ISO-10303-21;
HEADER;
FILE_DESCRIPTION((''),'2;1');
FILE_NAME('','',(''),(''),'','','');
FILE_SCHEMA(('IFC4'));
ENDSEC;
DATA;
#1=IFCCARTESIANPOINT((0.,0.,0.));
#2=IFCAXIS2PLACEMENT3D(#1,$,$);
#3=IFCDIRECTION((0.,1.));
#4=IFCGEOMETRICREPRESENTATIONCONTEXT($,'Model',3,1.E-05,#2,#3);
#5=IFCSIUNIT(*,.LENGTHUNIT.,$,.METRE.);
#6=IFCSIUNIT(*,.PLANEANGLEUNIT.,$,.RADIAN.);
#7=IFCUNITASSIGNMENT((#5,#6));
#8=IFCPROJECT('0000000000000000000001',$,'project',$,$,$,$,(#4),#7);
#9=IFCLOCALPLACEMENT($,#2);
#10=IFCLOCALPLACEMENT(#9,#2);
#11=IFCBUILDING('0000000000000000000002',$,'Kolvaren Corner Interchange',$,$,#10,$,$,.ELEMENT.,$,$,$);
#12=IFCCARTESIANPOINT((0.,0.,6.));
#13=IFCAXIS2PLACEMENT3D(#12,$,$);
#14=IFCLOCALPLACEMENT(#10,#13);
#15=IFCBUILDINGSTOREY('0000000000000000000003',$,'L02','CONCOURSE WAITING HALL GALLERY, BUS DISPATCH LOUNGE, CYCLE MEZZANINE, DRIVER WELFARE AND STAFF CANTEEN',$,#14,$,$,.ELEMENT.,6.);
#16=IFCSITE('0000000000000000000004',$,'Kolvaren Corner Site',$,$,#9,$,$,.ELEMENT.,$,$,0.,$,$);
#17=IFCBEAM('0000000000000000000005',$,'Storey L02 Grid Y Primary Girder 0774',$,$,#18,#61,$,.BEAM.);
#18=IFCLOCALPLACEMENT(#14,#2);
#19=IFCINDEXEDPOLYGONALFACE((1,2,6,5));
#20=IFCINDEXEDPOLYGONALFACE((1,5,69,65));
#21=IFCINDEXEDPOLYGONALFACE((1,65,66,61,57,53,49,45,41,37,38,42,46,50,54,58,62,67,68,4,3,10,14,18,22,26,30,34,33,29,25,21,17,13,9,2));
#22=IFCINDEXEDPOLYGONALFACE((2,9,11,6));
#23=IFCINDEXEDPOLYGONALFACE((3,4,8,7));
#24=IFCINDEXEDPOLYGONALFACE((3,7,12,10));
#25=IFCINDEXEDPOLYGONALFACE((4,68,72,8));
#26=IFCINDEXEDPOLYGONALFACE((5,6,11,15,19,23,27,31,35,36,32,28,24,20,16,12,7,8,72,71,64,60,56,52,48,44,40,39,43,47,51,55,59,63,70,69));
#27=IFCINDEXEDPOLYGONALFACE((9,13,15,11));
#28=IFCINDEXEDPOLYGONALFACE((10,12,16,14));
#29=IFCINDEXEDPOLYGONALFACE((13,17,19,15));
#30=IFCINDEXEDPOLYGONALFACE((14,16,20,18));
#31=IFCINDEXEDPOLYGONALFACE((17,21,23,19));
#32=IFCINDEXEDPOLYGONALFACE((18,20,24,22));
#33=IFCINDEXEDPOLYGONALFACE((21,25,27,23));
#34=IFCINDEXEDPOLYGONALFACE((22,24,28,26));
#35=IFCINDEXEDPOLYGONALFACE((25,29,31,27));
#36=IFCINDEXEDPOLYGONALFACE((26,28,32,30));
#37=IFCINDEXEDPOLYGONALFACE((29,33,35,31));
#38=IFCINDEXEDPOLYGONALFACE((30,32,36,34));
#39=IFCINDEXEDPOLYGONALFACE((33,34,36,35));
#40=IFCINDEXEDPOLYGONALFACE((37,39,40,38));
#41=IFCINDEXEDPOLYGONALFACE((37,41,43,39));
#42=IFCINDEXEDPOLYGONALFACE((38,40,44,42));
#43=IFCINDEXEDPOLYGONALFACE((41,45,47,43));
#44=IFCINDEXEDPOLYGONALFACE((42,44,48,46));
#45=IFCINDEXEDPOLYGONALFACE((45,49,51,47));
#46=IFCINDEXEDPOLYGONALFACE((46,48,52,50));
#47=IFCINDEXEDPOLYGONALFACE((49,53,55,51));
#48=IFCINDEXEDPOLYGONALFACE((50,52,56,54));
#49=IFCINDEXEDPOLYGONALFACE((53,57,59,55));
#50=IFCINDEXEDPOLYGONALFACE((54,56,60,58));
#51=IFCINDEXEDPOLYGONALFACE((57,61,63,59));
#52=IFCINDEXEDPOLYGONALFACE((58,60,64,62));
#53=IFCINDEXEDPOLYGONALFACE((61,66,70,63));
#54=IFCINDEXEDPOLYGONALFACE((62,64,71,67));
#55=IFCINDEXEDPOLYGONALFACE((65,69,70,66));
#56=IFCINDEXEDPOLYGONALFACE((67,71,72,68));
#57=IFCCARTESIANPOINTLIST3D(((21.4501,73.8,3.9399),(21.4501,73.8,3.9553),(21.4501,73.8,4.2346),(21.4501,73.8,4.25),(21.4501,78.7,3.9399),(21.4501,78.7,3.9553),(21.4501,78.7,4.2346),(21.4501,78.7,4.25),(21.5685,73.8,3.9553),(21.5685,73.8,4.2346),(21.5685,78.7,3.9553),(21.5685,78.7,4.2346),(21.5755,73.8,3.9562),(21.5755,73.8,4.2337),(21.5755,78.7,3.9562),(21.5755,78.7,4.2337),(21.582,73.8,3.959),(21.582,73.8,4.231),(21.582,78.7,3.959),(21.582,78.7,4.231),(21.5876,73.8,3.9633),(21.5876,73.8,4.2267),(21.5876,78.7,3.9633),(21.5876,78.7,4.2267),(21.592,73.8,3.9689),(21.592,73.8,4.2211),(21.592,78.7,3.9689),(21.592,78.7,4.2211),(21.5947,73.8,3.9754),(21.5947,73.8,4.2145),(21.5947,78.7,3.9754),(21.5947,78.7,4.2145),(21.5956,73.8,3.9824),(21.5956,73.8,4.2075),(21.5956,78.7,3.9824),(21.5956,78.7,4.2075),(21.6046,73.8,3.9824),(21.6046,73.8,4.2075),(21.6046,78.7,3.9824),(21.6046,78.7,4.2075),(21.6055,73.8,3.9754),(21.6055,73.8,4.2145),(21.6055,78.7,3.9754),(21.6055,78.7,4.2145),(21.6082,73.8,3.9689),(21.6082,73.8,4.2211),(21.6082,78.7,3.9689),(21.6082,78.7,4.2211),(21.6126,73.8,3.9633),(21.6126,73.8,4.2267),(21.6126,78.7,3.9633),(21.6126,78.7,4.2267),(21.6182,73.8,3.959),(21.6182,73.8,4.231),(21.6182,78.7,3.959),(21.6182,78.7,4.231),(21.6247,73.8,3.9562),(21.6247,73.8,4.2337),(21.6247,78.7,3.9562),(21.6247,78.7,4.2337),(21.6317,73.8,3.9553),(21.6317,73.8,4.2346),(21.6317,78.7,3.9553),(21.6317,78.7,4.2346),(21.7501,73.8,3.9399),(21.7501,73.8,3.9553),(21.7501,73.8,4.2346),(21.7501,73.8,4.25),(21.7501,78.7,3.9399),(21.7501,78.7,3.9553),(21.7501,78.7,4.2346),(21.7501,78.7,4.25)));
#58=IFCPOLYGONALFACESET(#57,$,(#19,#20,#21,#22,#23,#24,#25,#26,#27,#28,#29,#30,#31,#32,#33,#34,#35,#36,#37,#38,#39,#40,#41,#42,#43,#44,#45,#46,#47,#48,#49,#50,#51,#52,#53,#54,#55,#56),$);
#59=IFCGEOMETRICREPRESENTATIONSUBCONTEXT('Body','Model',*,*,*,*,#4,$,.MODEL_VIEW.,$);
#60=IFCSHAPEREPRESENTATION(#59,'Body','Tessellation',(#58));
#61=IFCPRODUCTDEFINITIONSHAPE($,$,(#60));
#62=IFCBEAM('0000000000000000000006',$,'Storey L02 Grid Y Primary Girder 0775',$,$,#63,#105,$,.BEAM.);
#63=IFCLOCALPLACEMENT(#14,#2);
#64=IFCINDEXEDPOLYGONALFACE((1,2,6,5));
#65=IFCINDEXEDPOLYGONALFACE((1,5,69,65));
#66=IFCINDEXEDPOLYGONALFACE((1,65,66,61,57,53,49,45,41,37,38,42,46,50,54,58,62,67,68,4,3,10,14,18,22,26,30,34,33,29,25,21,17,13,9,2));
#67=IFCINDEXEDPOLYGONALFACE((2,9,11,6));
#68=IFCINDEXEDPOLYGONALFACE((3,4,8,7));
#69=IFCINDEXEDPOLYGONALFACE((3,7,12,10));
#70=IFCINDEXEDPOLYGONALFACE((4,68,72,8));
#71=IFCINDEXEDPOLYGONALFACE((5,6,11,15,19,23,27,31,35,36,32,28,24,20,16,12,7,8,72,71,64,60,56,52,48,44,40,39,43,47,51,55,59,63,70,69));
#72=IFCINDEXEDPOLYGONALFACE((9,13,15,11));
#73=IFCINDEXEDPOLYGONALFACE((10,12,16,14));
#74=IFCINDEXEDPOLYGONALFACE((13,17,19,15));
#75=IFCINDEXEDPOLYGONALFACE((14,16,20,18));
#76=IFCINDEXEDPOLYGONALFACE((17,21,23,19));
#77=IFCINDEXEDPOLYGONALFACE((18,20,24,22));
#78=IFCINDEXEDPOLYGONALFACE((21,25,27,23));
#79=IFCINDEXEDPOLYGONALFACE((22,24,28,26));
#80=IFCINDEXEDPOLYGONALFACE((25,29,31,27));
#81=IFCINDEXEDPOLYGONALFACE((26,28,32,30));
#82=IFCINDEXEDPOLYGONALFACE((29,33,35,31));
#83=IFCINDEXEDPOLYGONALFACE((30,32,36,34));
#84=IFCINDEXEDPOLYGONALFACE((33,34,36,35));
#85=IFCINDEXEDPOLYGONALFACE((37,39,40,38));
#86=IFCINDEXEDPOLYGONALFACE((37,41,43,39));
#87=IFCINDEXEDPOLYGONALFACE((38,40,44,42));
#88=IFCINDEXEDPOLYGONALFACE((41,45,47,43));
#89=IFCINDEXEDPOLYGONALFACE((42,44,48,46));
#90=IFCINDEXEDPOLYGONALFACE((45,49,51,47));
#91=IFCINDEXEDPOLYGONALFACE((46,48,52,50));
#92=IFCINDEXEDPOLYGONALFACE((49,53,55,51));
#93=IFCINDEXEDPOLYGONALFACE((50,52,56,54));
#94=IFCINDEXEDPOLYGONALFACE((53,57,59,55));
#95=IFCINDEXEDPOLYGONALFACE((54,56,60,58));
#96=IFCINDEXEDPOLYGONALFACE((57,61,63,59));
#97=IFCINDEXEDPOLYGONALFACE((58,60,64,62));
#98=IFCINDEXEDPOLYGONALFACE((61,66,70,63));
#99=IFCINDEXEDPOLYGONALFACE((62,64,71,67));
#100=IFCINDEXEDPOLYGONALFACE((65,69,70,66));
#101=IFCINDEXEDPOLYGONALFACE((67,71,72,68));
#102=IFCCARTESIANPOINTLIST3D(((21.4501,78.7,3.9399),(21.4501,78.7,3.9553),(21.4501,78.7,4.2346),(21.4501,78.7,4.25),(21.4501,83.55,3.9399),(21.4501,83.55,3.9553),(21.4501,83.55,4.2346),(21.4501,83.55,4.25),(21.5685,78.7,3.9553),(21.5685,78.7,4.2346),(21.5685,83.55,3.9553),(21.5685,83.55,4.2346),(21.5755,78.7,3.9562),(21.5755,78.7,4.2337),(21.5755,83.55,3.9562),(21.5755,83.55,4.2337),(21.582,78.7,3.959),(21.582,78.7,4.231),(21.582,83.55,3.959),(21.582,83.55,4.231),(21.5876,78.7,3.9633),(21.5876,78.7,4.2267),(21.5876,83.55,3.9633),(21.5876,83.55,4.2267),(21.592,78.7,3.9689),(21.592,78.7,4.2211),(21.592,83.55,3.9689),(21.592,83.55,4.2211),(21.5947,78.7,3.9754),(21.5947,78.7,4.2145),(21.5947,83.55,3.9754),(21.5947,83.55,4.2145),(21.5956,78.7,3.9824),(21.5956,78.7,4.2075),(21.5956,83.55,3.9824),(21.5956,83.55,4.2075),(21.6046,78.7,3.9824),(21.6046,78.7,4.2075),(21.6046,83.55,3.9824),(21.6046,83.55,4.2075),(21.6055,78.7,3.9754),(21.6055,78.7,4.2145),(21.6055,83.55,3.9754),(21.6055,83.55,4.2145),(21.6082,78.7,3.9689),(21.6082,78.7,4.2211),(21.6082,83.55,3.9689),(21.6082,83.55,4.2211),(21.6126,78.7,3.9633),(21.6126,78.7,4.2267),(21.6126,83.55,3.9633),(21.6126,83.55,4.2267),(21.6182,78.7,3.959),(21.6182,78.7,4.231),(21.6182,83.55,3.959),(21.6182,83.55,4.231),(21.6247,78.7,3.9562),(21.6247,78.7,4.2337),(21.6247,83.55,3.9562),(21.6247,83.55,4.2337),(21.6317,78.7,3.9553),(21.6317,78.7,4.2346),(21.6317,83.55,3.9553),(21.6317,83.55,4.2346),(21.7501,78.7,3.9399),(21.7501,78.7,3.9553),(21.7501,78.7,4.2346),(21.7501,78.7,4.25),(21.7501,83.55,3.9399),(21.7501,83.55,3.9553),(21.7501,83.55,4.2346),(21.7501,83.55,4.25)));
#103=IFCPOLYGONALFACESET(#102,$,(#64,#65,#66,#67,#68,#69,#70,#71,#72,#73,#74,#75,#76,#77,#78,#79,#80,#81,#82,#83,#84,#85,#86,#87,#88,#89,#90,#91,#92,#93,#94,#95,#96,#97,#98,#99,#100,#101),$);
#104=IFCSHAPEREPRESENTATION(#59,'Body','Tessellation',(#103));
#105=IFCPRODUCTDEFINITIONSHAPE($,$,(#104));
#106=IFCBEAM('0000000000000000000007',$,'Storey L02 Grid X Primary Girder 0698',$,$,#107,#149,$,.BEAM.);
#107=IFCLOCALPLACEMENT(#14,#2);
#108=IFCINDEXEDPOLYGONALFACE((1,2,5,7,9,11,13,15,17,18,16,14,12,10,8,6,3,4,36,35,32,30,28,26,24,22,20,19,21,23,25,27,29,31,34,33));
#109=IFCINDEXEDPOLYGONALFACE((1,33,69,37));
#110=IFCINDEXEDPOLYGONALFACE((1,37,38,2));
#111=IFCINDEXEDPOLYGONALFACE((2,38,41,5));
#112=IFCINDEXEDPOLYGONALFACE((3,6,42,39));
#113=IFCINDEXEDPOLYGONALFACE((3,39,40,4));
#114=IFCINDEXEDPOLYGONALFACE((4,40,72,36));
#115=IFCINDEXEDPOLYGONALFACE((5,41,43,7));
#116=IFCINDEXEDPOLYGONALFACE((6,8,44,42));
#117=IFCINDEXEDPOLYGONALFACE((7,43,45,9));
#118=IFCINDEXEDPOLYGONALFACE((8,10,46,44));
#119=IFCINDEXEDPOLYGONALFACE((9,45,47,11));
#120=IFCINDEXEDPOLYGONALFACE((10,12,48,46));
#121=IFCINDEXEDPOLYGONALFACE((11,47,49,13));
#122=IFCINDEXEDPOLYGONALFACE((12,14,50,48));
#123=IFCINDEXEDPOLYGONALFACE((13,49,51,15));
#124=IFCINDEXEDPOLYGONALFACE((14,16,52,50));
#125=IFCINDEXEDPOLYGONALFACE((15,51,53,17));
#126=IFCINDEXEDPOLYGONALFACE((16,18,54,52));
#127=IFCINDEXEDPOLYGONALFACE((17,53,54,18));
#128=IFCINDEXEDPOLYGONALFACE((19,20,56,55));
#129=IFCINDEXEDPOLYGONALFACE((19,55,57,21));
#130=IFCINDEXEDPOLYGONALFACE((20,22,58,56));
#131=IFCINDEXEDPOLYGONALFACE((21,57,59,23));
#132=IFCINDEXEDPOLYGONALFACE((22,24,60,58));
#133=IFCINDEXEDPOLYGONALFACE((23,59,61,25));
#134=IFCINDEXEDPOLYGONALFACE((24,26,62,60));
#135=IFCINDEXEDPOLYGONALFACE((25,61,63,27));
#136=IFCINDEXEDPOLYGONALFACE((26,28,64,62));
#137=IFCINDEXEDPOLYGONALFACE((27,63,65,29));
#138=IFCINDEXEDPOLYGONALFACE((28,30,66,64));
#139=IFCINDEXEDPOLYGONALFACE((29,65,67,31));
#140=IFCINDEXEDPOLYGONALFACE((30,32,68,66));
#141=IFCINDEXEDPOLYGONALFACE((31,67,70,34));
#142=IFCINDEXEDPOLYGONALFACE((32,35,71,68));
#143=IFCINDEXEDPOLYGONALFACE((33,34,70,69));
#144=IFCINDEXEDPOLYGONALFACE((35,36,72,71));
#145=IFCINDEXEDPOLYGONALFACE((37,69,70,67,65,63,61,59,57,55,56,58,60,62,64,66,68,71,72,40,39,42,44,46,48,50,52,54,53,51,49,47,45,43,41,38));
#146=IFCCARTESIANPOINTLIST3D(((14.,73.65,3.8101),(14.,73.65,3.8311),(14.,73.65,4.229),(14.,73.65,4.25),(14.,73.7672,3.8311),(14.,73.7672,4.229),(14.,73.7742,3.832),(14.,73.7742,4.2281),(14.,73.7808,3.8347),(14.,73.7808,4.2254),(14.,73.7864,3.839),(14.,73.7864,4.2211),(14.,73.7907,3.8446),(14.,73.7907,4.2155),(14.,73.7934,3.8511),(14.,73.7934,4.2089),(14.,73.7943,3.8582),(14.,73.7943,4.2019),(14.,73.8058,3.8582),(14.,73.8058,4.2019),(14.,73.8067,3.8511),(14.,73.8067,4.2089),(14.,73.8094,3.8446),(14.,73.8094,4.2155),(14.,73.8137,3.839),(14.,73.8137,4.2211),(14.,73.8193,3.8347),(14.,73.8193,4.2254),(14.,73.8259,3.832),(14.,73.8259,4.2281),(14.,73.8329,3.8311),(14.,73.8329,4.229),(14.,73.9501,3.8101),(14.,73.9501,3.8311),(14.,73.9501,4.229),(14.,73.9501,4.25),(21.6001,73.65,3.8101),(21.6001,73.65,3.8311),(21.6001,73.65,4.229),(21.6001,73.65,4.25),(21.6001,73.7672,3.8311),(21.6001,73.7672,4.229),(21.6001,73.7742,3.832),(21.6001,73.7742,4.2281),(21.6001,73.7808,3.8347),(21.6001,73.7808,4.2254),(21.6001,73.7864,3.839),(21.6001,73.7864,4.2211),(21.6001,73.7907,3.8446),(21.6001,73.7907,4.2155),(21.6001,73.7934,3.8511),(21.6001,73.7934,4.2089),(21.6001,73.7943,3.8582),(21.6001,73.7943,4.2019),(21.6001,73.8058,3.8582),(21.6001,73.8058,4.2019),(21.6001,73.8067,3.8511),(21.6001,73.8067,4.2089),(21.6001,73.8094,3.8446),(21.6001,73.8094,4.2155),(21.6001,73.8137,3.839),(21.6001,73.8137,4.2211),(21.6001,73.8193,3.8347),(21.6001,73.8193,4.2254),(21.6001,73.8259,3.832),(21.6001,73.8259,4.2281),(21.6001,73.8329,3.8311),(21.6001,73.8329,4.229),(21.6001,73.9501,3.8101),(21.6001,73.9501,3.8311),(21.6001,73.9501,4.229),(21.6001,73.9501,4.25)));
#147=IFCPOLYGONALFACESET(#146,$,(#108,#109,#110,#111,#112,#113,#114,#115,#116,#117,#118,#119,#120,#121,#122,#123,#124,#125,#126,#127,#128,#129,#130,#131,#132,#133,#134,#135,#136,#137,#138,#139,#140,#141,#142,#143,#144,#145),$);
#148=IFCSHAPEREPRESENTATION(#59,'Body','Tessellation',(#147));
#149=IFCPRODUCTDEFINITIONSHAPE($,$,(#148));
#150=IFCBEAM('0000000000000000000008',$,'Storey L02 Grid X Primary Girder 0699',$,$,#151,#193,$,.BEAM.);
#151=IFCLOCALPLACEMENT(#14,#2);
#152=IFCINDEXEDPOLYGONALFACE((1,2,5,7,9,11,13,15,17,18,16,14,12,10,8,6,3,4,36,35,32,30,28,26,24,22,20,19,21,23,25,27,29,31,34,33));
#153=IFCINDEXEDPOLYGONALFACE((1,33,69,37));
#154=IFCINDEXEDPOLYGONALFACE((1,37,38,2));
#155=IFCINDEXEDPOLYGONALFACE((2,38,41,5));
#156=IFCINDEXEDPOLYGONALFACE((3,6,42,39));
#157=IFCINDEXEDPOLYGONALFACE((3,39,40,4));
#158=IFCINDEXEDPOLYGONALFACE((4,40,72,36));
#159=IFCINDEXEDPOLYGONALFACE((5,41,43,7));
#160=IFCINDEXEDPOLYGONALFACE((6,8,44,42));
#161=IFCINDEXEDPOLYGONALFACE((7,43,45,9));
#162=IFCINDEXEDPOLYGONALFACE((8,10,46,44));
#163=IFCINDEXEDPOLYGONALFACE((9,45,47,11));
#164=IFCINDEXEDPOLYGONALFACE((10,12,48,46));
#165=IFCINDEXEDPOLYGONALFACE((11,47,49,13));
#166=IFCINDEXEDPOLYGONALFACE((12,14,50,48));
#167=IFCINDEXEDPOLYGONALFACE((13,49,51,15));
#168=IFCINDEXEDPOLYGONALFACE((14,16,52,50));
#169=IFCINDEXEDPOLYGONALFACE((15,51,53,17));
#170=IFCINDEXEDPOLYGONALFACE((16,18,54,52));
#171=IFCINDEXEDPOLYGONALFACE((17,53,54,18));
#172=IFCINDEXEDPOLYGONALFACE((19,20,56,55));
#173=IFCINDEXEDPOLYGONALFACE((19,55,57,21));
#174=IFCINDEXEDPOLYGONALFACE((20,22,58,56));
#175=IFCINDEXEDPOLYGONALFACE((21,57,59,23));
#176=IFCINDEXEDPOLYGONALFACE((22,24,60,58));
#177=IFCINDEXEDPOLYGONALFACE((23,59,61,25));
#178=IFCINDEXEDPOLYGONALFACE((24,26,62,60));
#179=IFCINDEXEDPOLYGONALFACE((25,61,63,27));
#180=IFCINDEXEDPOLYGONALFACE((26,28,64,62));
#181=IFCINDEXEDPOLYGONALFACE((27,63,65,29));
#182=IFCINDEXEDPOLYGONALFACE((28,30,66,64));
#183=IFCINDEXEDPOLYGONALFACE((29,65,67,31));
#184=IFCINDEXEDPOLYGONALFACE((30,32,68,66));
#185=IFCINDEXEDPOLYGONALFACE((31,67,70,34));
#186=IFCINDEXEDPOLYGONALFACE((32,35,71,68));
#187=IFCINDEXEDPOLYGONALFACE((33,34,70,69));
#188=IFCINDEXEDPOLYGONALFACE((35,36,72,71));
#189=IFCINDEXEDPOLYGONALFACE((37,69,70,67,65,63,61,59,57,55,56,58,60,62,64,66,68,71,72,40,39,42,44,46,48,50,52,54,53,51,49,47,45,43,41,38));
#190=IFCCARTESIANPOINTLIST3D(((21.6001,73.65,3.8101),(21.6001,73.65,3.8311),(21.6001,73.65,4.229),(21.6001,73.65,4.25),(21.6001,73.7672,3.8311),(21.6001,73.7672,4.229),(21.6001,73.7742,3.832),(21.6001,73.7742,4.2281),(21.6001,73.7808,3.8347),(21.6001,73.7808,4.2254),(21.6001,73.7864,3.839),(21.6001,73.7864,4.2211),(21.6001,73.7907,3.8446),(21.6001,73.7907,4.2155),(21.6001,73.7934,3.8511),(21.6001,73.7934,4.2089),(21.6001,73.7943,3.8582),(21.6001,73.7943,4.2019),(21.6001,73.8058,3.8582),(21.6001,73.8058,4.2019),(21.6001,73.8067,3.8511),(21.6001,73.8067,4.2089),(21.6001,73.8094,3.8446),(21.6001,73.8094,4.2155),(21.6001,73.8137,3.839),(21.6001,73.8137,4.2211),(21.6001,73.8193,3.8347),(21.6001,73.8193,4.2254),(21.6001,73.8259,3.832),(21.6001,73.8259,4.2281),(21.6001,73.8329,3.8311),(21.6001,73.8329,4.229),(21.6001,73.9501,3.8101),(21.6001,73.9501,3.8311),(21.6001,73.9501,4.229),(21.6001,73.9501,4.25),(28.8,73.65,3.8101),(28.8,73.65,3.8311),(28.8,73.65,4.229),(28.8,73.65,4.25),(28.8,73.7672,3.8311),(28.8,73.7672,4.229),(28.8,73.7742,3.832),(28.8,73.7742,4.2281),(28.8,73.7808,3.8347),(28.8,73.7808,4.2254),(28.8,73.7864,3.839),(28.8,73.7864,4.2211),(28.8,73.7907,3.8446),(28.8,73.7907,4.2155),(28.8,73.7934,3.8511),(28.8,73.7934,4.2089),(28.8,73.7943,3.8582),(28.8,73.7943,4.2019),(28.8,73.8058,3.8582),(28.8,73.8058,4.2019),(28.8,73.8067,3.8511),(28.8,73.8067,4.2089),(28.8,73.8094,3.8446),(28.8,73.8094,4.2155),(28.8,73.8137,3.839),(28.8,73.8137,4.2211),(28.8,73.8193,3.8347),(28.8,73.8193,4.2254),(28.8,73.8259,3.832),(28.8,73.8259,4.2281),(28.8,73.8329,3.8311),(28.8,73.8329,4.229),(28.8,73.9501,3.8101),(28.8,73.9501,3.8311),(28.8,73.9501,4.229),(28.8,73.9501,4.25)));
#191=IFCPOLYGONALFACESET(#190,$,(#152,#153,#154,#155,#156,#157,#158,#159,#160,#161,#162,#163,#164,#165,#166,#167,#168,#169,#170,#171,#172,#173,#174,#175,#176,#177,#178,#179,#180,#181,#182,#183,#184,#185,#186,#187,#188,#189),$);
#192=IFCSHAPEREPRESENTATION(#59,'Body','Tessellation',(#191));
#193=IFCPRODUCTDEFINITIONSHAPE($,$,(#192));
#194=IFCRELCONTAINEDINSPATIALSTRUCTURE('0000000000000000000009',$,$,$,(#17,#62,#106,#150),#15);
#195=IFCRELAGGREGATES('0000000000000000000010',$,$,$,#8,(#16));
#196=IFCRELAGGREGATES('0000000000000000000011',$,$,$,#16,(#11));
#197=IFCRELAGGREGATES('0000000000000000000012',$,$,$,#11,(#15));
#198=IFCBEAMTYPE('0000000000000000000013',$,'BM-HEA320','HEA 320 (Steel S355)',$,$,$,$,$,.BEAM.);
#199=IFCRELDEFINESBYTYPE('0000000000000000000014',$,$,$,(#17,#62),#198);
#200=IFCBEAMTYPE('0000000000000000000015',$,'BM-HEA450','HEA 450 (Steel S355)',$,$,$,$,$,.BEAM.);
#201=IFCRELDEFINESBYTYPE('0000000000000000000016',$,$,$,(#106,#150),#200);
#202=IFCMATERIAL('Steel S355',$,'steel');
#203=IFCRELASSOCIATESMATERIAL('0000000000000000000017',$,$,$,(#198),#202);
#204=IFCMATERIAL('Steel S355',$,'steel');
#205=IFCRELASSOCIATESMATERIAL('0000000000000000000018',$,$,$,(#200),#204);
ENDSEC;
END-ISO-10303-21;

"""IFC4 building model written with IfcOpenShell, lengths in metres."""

from ifc_helpers import new_model, si_unit, direction, frame, origin, origin_2d, place, context, subcontext, project, spatial, i_section, extrude, material, material_profile, profile_set, type_object, element, save


model = new_model("IFC4")

# Units and contexts
model_context = context("Model", 3, precision=1e-05, world=origin(), true_north=direction((0.0, 1.0)))
body_context = subcontext(model_context, "Body", "Model", "MODEL_VIEW")
ifc_project = project(units=[si_unit("LENGTHUNIT", "METRE"), si_unit("PLANEANGLEUNIT", "RADIAN")], contexts=[model_context])

# Site, building, storey
site_placement = place(None, origin())
site = spatial("IfcSite", under=ifc_project, at=site_placement, Name="Kolvaren Corner Site", CompositionType="ELEMENT", RefElevation=0.0)
building_placement = place(site_placement, origin())
building = spatial("IfcBuilding", under=site, at=building_placement, Name="Kolvaren Corner Interchange", CompositionType="ELEMENT")
storey_placement = place(building_placement, frame((0.0, 0.0, 6.0)))
storey = spatial("IfcBuildingStorey", under=building, at=storey_placement, Name="L02", Description="CONCOURSE WAITING HALL GALLERY, BUS DISPATCH LOUNGE, CYCLE MEZZANINE, DRIVER WELFARE AND STAFF CANTEEN", CompositionType="ELEMENT", Elevation=6.0)

# Beams
ifc_material_1 = material(Name="Steel S355", Category="steel")
ifc_material_profile_1 = material_profile(ifc_material_1, i_section(OverallWidth=0.3, OverallDepth=0.3101, WebThickness=0.009, FlangeThickness=0.0154, FilletRadius=0.0271, at=origin_2d()), Name="HEA 320")
ifc_profile_set_1 = profile_set([ifc_material_profile_1], Name="Steel S355")
beam_type_1 = type_object("IfcBeamType", Name="BM-HEA320", Description="HEA 320 (Steel S355)", PredefinedType="BEAM", material=ifc_profile_set_1)
beam_1_placement = place(storey_placement, frame((21.6001, 73.8, 4.095), z_axis=(0.0, 1.0, 0.0), x_axis=(-1.0, 0.0, 0.0)))
element("IfcBeam", 1, at=beam_1_placement, inside=storey, type_object=beam_type_1, Name="Storey L02 Grid Y Primary Girder 0774", PredefinedType="BEAM", context=body_context, shape_type="SweptSolid", body=[
    extrude(i_section(OverallWidth=0.3, OverallDepth=0.3101, WebThickness=0.009, FlangeThickness=0.0154, FilletRadius=0.0271, at=origin_2d()), origin(), (0.0, 0.0, 1.0), 4.8999),
])
beam_2_placement = place(storey_placement, frame((21.6001, 78.7, 4.095), z_axis=(0.0, 1.0, 0.0), x_axis=(-1.0, 0.0, 0.0)))
element("IfcBeam", 2, at=beam_2_placement, inside=storey, type_object=beam_type_1, Name="Storey L02 Grid Y Primary Girder 0775", PredefinedType="BEAM", context=body_context, shape_type="SweptSolid", body=[
    extrude(i_section(OverallWidth=0.3, OverallDepth=0.3101, WebThickness=0.009, FlangeThickness=0.0154, FilletRadius=0.0271, at=origin_2d()), origin(), (0.0, 0.0, 1.0), 4.8501),
])
ifc_material_2 = material(Name="Steel S355", Category="steel")
ifc_material_profile_2 = material_profile(ifc_material_2, i_section(OverallWidth=0.3, OverallDepth=0.4399, WebThickness=0.0115, FlangeThickness=0.021, FilletRadius=0.0271, at=origin_2d()), Name="HEA 450")
ifc_profile_set_2 = profile_set([ifc_material_profile_2], Name="Steel S355")
beam_type_2 = type_object("IfcBeamType", Name="BM-HEA450", Description="HEA 450 (Steel S355)", PredefinedType="BEAM", material=ifc_profile_set_2)
beam_3_placement = place(storey_placement, frame((14.0, 73.8, 4.03), z_axis=(1.0, 0.0, 0.0), x_axis=(0.0, 1.0, 0.0)))
element("IfcBeam", 3, at=beam_3_placement, inside=storey, type_object=beam_type_2, Name="Storey L02 Grid X Primary Girder 0698", PredefinedType="BEAM", context=body_context, shape_type="SweptSolid", body=[
    extrude(i_section(OverallWidth=0.3, OverallDepth=0.4399, WebThickness=0.0115, FlangeThickness=0.021, FilletRadius=0.0271, at=origin_2d()), origin(), (0.0, 0.0, 1.0), 7.6001),
])
beam_4_placement = place(storey_placement, frame((21.6001, 73.8, 4.03), z_axis=(1.0, 0.0, 0.0), x_axis=(0.0, 1.0, 0.0)))
element("IfcBeam", 4, at=beam_4_placement, inside=storey, type_object=beam_type_2, Name="Storey L02 Grid X Primary Girder 0699", PredefinedType="BEAM", context=body_context, shape_type="SweptSolid", body=[
    extrude(i_section(OverallWidth=0.3, OverallDepth=0.4399, WebThickness=0.0115, FlangeThickness=0.021, FilletRadius=0.0271, at=origin_2d()), origin(), (0.0, 0.0, 1.0), 7.2),
])

save(model, "model.ifc")
